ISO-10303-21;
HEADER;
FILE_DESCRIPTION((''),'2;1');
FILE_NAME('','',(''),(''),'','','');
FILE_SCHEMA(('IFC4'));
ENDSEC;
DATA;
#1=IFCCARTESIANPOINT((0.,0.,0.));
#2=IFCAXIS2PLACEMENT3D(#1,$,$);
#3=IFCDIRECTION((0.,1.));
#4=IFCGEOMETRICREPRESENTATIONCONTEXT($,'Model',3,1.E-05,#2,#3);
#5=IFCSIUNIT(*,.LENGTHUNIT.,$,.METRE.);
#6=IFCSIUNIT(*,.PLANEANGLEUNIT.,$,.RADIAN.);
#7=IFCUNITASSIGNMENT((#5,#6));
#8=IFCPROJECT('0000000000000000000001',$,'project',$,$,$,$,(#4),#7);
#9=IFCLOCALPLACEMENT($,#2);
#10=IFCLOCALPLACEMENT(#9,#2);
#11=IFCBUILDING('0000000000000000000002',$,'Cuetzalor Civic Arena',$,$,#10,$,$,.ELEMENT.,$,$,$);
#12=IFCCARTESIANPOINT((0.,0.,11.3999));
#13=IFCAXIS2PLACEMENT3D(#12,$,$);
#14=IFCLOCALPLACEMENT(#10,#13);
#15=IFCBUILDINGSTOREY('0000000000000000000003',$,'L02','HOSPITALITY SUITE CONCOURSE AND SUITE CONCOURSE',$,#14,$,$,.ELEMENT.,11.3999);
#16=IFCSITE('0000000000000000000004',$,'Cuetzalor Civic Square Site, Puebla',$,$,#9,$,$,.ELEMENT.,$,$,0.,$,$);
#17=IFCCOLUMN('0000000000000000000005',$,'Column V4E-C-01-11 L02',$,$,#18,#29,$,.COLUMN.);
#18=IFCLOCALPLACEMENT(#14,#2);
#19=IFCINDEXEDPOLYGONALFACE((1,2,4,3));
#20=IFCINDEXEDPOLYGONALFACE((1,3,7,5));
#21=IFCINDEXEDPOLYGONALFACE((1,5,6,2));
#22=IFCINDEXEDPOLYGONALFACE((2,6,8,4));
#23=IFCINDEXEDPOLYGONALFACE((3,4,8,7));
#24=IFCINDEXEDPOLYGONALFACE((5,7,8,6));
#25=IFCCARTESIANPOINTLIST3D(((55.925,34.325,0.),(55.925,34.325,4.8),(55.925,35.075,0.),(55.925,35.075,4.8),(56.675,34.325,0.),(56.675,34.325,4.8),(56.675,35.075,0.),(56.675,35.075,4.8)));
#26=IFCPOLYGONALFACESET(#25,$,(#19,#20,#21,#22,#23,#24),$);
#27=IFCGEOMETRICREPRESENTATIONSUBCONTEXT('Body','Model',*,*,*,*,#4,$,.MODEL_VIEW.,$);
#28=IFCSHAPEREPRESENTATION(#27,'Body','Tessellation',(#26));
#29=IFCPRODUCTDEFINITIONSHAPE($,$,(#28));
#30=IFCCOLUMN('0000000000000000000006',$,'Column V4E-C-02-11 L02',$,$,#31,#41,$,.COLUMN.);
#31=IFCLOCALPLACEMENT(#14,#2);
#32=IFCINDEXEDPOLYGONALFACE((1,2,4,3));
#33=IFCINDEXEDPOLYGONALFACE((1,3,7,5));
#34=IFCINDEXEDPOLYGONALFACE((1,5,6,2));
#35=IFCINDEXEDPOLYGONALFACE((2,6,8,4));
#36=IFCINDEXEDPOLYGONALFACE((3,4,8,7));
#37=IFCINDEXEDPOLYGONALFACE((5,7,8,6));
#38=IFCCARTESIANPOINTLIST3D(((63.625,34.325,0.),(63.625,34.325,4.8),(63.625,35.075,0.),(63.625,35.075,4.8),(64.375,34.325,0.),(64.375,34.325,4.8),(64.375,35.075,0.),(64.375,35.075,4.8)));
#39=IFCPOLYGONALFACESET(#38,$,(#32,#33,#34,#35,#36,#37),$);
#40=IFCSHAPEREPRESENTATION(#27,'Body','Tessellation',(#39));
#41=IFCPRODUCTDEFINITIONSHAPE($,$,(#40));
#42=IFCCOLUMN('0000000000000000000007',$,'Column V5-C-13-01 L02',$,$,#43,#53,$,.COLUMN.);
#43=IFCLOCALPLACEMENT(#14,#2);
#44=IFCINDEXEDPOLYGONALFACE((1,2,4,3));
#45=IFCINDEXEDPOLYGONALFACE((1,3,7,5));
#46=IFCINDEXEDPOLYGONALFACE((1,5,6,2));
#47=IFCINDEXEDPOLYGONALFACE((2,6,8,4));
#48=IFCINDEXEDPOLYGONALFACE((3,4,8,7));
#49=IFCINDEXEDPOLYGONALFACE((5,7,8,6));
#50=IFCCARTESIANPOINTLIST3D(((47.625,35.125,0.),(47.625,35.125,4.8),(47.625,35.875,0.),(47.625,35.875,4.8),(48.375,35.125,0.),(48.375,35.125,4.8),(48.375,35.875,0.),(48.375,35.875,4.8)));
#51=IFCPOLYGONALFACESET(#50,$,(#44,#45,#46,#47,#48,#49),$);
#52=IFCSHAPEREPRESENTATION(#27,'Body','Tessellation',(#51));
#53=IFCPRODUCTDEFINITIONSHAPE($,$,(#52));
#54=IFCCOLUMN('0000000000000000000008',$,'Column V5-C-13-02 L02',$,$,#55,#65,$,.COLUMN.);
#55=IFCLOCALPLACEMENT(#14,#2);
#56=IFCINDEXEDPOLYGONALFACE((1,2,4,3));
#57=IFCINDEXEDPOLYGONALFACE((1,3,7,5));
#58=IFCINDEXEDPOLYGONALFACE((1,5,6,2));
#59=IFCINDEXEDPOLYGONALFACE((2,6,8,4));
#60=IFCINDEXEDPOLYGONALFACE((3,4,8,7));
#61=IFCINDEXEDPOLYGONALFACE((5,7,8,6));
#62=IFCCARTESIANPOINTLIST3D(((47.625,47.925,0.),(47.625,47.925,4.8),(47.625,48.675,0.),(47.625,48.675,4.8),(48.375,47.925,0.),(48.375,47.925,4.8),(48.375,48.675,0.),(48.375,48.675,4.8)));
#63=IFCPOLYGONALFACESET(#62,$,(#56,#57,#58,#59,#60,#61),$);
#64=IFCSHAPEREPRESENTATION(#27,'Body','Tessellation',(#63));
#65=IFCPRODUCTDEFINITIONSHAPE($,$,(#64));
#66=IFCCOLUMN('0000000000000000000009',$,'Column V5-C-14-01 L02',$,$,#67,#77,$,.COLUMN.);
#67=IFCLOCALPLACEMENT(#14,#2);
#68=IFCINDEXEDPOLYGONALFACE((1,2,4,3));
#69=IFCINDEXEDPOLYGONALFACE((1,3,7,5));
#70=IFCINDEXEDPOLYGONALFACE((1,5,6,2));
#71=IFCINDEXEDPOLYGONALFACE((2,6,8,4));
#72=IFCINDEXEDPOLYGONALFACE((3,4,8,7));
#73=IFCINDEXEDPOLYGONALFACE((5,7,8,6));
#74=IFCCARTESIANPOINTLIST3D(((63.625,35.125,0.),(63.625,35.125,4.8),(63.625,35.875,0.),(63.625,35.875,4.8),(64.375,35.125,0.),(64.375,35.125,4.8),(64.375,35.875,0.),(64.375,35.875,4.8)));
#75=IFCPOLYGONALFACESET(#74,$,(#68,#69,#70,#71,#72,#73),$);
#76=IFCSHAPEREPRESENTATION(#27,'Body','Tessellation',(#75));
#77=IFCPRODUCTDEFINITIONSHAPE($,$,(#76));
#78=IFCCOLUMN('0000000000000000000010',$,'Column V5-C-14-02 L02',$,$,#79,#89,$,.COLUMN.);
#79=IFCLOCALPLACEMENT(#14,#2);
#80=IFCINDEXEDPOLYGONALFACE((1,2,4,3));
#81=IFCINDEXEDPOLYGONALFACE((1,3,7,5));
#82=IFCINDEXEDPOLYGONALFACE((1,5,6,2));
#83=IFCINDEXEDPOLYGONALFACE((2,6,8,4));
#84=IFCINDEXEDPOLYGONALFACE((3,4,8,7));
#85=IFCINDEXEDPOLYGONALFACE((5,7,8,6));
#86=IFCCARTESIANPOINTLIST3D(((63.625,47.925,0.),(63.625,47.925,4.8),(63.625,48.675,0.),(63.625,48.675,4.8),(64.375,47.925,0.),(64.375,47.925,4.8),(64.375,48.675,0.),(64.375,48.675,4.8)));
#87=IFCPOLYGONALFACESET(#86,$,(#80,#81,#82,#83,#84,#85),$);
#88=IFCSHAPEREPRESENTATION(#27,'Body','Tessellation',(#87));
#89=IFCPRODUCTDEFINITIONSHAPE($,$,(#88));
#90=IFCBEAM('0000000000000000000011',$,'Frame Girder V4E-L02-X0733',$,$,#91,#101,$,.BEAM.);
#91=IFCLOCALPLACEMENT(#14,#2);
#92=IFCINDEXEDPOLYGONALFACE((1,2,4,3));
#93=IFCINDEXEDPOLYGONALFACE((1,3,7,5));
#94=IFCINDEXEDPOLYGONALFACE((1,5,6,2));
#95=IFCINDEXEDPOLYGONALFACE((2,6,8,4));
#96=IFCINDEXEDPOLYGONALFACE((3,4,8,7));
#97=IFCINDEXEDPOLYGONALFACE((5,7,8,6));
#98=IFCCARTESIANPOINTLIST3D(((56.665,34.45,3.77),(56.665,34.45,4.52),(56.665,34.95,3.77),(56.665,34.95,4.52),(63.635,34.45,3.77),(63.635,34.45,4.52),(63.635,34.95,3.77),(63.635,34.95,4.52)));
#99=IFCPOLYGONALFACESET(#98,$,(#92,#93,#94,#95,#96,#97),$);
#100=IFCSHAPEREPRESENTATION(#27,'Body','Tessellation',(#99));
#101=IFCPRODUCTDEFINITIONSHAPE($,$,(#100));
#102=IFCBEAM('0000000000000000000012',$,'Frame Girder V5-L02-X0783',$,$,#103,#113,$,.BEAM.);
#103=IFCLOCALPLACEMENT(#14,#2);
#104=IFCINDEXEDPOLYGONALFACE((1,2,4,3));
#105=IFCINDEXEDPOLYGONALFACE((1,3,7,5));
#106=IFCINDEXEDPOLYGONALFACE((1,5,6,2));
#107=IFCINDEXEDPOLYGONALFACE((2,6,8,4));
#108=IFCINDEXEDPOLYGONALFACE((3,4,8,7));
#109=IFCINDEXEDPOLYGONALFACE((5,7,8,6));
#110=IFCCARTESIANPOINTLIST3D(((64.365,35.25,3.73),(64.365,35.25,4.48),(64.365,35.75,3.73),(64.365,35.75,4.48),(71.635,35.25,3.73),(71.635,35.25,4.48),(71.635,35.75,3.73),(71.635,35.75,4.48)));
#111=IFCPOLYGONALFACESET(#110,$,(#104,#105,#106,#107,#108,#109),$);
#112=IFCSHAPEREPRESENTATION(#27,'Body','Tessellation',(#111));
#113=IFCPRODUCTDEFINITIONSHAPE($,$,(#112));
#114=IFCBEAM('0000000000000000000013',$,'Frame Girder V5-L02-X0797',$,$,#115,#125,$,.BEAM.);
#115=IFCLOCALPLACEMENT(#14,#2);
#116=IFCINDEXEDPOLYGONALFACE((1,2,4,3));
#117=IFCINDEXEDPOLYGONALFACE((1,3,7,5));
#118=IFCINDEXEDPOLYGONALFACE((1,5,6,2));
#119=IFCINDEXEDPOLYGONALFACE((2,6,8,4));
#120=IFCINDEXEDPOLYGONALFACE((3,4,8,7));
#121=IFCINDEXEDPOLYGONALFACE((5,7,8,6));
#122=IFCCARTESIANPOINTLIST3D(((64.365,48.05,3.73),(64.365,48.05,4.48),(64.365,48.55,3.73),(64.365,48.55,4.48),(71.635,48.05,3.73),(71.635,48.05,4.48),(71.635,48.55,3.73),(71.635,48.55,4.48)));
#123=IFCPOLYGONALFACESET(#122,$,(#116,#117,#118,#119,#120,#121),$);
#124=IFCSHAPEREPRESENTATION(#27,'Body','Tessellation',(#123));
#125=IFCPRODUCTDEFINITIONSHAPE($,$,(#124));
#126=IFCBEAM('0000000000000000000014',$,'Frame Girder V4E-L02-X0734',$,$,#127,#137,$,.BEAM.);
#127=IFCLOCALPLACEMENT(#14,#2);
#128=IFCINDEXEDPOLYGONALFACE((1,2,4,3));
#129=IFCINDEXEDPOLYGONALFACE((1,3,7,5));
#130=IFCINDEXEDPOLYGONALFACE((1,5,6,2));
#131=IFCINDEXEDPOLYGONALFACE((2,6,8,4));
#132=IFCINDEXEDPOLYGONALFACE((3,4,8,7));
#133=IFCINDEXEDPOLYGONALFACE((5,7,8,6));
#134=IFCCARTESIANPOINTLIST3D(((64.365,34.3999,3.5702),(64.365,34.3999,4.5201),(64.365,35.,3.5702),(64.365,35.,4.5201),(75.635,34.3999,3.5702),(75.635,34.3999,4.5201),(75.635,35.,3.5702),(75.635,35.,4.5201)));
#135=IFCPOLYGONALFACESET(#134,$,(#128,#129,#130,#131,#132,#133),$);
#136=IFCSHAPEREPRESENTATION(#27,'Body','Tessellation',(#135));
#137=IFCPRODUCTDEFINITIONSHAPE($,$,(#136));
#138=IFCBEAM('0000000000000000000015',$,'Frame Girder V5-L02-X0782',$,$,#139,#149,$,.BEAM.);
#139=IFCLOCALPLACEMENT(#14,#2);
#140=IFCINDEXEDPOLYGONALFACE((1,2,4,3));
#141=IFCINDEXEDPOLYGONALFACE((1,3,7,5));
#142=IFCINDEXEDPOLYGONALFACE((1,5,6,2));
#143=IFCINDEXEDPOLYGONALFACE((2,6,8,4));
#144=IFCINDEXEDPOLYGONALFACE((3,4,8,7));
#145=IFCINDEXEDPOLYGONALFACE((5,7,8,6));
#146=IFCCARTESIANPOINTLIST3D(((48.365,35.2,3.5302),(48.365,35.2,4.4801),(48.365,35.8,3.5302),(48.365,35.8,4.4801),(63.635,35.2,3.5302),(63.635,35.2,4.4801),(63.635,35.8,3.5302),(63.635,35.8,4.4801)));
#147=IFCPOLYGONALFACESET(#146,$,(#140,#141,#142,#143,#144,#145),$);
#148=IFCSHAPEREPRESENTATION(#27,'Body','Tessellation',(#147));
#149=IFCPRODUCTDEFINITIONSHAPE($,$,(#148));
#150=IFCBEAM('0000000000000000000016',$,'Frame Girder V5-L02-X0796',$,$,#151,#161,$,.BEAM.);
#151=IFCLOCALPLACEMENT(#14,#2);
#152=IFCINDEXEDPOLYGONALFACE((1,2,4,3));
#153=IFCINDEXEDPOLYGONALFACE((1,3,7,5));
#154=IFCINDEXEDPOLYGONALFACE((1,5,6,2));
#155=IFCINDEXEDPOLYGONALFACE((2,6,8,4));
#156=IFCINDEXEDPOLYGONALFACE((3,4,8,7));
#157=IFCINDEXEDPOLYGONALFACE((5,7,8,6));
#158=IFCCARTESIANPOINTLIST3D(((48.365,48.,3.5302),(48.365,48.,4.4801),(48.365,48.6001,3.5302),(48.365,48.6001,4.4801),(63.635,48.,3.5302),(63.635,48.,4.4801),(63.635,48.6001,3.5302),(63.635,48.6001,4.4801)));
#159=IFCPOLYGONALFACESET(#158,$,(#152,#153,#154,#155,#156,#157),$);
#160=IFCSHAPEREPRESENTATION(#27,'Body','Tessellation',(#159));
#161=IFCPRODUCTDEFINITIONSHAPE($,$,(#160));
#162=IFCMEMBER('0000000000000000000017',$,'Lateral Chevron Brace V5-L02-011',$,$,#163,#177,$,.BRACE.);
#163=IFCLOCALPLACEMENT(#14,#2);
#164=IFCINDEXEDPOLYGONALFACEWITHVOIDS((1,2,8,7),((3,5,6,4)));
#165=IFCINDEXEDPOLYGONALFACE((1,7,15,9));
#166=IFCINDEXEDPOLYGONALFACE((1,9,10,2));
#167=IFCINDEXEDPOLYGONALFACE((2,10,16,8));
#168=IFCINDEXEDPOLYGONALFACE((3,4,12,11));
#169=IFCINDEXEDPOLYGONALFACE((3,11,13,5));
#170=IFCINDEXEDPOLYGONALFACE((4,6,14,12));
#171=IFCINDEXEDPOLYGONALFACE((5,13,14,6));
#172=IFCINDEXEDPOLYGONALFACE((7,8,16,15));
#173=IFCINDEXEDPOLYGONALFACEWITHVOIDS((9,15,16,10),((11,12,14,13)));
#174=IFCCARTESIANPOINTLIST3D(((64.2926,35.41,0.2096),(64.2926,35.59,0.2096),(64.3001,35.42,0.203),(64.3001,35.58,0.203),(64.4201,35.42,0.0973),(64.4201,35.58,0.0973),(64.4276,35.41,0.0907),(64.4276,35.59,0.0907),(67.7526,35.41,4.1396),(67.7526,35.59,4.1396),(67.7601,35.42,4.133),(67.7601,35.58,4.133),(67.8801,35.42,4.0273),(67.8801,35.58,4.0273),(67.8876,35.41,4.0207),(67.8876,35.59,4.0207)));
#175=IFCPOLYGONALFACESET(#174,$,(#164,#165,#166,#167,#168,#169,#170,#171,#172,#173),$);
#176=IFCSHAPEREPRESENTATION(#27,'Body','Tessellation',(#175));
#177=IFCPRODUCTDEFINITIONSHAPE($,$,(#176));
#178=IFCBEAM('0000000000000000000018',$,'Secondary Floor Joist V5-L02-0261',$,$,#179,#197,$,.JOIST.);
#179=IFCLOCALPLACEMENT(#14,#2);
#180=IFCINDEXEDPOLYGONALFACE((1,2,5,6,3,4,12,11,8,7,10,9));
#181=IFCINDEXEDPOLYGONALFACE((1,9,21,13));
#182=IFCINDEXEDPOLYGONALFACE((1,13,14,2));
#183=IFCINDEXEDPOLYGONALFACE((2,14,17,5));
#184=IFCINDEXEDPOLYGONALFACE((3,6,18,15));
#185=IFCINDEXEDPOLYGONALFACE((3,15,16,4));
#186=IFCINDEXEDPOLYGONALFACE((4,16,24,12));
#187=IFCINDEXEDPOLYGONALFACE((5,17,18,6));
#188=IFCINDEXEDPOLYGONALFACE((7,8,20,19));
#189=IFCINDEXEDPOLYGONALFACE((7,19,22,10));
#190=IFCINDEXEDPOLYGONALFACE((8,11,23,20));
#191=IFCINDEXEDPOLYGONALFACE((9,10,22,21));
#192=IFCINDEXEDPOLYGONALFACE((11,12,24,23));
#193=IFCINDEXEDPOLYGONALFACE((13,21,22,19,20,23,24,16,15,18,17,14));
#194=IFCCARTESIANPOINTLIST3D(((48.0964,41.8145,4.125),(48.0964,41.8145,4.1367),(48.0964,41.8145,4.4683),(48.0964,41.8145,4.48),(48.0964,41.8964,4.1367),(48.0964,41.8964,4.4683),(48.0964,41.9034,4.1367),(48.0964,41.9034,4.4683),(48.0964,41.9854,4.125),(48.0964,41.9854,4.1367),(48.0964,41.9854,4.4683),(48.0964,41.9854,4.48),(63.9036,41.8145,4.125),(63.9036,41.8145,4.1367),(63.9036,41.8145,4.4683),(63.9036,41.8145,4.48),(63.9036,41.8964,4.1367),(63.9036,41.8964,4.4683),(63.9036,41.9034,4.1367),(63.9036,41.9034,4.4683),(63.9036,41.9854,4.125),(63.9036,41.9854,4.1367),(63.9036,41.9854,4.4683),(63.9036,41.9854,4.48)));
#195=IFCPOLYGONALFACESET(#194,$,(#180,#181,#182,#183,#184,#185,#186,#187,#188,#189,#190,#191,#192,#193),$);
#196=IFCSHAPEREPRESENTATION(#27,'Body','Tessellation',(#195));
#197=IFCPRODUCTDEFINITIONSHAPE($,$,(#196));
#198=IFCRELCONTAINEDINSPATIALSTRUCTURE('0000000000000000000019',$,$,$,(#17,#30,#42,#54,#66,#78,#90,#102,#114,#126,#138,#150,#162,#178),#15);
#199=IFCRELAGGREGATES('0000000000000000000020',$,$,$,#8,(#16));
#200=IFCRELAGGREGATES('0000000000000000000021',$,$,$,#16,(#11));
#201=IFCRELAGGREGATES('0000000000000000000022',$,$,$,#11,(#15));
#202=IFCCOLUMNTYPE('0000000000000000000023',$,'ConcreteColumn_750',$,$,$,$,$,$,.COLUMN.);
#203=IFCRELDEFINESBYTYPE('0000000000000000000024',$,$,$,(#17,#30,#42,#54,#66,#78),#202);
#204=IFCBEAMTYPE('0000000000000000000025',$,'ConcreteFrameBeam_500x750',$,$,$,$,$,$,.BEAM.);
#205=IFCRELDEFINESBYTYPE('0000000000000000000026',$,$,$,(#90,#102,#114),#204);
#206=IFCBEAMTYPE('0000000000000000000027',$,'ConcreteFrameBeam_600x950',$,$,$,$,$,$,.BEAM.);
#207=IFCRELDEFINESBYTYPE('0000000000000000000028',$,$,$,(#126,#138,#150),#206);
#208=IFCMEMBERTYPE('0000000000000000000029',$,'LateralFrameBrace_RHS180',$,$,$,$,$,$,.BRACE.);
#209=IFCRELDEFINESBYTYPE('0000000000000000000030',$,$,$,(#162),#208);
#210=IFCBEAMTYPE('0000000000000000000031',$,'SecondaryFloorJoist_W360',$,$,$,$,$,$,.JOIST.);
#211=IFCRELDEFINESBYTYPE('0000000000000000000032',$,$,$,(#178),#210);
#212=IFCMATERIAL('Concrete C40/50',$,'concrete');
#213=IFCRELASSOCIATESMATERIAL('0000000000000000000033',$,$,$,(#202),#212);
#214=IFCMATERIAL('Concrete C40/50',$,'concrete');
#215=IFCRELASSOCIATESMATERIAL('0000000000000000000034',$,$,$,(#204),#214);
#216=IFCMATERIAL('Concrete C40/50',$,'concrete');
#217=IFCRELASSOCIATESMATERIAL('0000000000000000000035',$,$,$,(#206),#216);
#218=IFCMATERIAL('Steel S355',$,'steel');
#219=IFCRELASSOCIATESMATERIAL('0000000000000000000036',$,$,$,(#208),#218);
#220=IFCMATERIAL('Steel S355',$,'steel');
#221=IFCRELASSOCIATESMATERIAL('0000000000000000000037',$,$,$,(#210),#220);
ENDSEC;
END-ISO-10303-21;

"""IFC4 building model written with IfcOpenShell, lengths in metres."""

from ifc_helpers import new_model, si_unit, direction, frame, origin, origin_2d, place, context, subcontext, project, spatial, rectangle, hollow_rectangle, i_section, extrude, material, material_profile, profile_set, type_object, element, save


model = new_model("IFC4")

# Units and contexts
model_context = context("Model", 3, precision=1e-05, world=origin(), true_north=direction((0.0, 1.0)))
body_context = subcontext(model_context, "Body", "Model", "MODEL_VIEW")
ifc_project = project(units=[si_unit("LENGTHUNIT", "METRE"), si_unit("PLANEANGLEUNIT", "RADIAN")], contexts=[model_context])

# Site, building, storey
site_placement = place(None, origin())
site = spatial("IfcSite", under=ifc_project, at=site_placement, Name="Cuetzalor Civic Square Site, Puebla", CompositionType="ELEMENT", RefElevation=0.0)
building_placement = place(site_placement, origin())
building = spatial("IfcBuilding", under=site, at=building_placement, Name="Cuetzalor Civic Arena", CompositionType="ELEMENT")
storey_placement = place(building_placement, frame((0.0, 0.0, 11.3999)))
storey = spatial("IfcBuildingStorey", under=building, at=storey_placement, Name="L02", Description="HOSPITALITY SUITE CONCOURSE AND SUITE CONCOURSE", CompositionType="ELEMENT", Elevation=11.3999)

# Columns
ifc_material_1 = material(Name="Concrete C40/50", Category="concrete")
ifc_material_profile_1 = material_profile(ifc_material_1, rectangle(XDim=0.75, YDim=0.75, at=origin_2d()), Name="RC 750x750")
ifc_profile_set_1 = profile_set([ifc_material_profile_1], Name="Concrete C40/50")
column_type = type_object("IfcColumnType", Name="ConcreteColumn_750", PredefinedType="COLUMN", material=ifc_profile_set_1)
for number, where, z_axis, x_axis, name in (
    (1, (56.3, 34.7, 0.0), (0.0, 0.0, 1.0), (1.0, 0.0, 0.0), "Column V4E-C-01-11 L02"),
    (2, (64.0, 34.7, 0.0), (0.0, 0.0, 1.0), (1.0, 0.0, 0.0), "Column V4E-C-02-11 L02"),
    (3, (48.0, 35.5, 0.0), (0.0, 0.0, 1.0), (1.0, 0.0, 0.0), "Column V5-C-13-01 L02"),
    (4, (48.0, 48.3, 0.0), (0.0, 0.0, 1.0), (1.0, 0.0, 0.0), "Column V5-C-13-02 L02"),
    (5, (64.0, 35.5, 0.0), (0.0, 0.0, 1.0), (1.0, 0.0, 0.0), "Column V5-C-14-01 L02"),
    (6, (64.0, 48.3, 0.0), (0.0, 0.0, 1.0), (1.0, 0.0, 0.0), "Column V5-C-14-02 L02"),
):
    element("IfcColumn", number, at=place(storey_placement, frame(where, z_axis=z_axis, x_axis=x_axis)), inside=storey, type_object=column_type, Name=name, PredefinedType="COLUMN", context=body_context, shape_type="SweptSolid", body=[
        extrude(rectangle(XDim=0.75, YDim=0.75, at=origin_2d()), origin(), (0.0, 0.0, 1.0), 4.8),
    ])

# Beams
ifc_material_2 = material(Name="Concrete C40/50", Category="concrete")
ifc_material_profile_2 = material_profile(ifc_material_2, rectangle(XDim=0.5, YDim=0.75, at=origin_2d()), Name="RC 500x750")
ifc_profile_set_2 = profile_set([ifc_material_profile_2], Name="Concrete C40/50")
beam_type_1 = type_object("IfcBeamType", Name="ConcreteFrameBeam_500x750", PredefinedType="BEAM", material=ifc_profile_set_2)
beam_1_placement = place(storey_placement, frame((56.665, 34.7, 4.145), z_axis=(1.0, 0.0, 0.0), x_axis=(0.0, 1.0, 0.0)))
element("IfcBeam", 7, at=beam_1_placement, inside=storey, type_object=beam_type_1, Name="Frame Girder V4E-L02-X0733", PredefinedType="BEAM", context=body_context, shape_type="SweptSolid", body=[
    extrude(rectangle(XDim=0.5, YDim=0.75, at=origin_2d()), origin(), (0.0, 0.0, 1.0), 6.97),
])
for number, where, z_axis, x_axis, name in (
    (8, (64.365, 35.5, 4.105), (1.0, 0.0, 0.0), (0.0, 1.0, 0.0), "Frame Girder V5-L02-X0783"),
    (9, (64.365, 48.3, 4.105), (1.0, 0.0, 0.0), (0.0, 1.0, 0.0), "Frame Girder V5-L02-X0797"),
):
    element("IfcBeam", number, at=place(storey_placement, frame(where, z_axis=z_axis, x_axis=x_axis)), inside=storey, type_object=beam_type_1, Name=name, PredefinedType="BEAM", context=body_context, shape_type="SweptSolid", body=[
        extrude(rectangle(XDim=0.5, YDim=0.75, at=origin_2d()), origin(), (0.0, 0.0, 1.0), 7.27),
    ])
ifc_material_3 = material(Name="Concrete C40/50", Category="concrete")
ifc_material_profile_3 = material_profile(ifc_material_3, rectangle(XDim=0.6001, YDim=0.95, at=origin_2d()), Name="RC 600x950")
ifc_profile_set_3 = profile_set([ifc_material_profile_3], Name="Concrete C40/50")
beam_type_2 = type_object("IfcBeamType", Name="ConcreteFrameBeam_600x950", PredefinedType="BEAM", material=ifc_profile_set_3)
beam_2_placement = place(storey_placement, frame((64.365, 34.7, 4.0452), z_axis=(1.0, 0.0, 0.0), x_axis=(0.0, 1.0, 0.0)))
element("IfcBeam", 10, at=beam_2_placement, inside=storey, type_object=beam_type_2, Name="Frame Girder V4E-L02-X0734", PredefinedType="BEAM", context=body_context, shape_type="SweptSolid", body=[
    extrude(rectangle(XDim=0.6001, YDim=0.95, at=origin_2d()), origin(), (0.0, 0.0, 1.0), 11.27),
])
for number, where, z_axis, x_axis, name in (
    (11, (48.365, 35.5, 4.0051), (1.0, 0.0, 0.0), (0.0, 1.0, 0.0), "Frame Girder V5-L02-X0782"),
    (12, (48.365, 48.3, 4.0051), (1.0, 0.0, 0.0), (0.0, 1.0, 0.0), "Frame Girder V5-L02-X0796"),
):
    element("IfcBeam", number, at=place(storey_placement, frame(where, z_axis=z_axis, x_axis=x_axis)), inside=storey, type_object=beam_type_2, Name=name, PredefinedType="BEAM", context=body_context, shape_type="SweptSolid", body=[
        extrude(rectangle(XDim=0.6001, YDim=0.95, at=origin_2d()), origin(), (0.0, 0.0, 1.0), 15.27),
    ])

# Member
ifc_material_4 = material(Name="Steel S355", Category="steel")
ifc_material_profile_4 = material_profile(ifc_material_4, hollow_rectangle(XDim=0.1799, YDim=0.1799, WallThickness=0.01, at=origin_2d()), Name="RHS 180x180x10")
ifc_profile_set_4 = profile_set([ifc_material_profile_4], Name="Steel S355")
member_type = type_object("IfcMemberType", Name="LateralFrameBrace_RHS180", PredefinedType="BRACE", material=ifc_profile_set_4)
member_placement = place(storey_placement, frame((64.3601, 35.5, 0.1501), z_axis=(0.660802, 0.0, 0.75056), x_axis=(0.0, 1.0, 0.0)))
element("IfcMember", 13, at=member_placement, inside=storey, type_object=member_type, Name="Lateral Chevron Brace V5-L02-011", PredefinedType="BRACE", context=body_context, shape_type="SweptSolid", body=[
    extrude(hollow_rectangle(XDim=0.1799, YDim=0.1799, WallThickness=0.01, at=origin_2d()), origin(), (0.0, 0.0, 1.0), 5.2361),
])

# Beam
ifc_material_5 = material(Name="Steel S355", Category="steel")
ifc_material_profile_5 = material_profile(ifc_material_5, i_section(OverallWidth=0.1709, OverallDepth=0.355, WebThickness=0.0071, FlangeThickness=0.0117, at=origin_2d()), Name="W360x51")
ifc_profile_set_5 = profile_set([ifc_material_profile_5], Name="Steel S355")
beam_type_3 = type_object("IfcBeamType", Name="SecondaryFloorJoist_W360", PredefinedType="JOIST", material=ifc_profile_set_5)
beam_3_placement = place(storey_placement, frame((48.0964, 41.8999, 4.3025), z_axis=(1.0, 0.0, 0.0), x_axis=(0.0, 1.0, 0.0)))
element("IfcBeam", 14, at=beam_3_placement, inside=storey, type_object=beam_type_3, Name="Secondary Floor Joist V5-L02-0261", PredefinedType="JOIST", context=body_context, shape_type="SweptSolid", body=[
    extrude(i_section(OverallWidth=0.1709, OverallDepth=0.355, WebThickness=0.0071, FlangeThickness=0.0117, at=origin_2d()), origin(), (0.0, 0.0, 1.0), 15.8071),
])

save(model, "model.ifc")
